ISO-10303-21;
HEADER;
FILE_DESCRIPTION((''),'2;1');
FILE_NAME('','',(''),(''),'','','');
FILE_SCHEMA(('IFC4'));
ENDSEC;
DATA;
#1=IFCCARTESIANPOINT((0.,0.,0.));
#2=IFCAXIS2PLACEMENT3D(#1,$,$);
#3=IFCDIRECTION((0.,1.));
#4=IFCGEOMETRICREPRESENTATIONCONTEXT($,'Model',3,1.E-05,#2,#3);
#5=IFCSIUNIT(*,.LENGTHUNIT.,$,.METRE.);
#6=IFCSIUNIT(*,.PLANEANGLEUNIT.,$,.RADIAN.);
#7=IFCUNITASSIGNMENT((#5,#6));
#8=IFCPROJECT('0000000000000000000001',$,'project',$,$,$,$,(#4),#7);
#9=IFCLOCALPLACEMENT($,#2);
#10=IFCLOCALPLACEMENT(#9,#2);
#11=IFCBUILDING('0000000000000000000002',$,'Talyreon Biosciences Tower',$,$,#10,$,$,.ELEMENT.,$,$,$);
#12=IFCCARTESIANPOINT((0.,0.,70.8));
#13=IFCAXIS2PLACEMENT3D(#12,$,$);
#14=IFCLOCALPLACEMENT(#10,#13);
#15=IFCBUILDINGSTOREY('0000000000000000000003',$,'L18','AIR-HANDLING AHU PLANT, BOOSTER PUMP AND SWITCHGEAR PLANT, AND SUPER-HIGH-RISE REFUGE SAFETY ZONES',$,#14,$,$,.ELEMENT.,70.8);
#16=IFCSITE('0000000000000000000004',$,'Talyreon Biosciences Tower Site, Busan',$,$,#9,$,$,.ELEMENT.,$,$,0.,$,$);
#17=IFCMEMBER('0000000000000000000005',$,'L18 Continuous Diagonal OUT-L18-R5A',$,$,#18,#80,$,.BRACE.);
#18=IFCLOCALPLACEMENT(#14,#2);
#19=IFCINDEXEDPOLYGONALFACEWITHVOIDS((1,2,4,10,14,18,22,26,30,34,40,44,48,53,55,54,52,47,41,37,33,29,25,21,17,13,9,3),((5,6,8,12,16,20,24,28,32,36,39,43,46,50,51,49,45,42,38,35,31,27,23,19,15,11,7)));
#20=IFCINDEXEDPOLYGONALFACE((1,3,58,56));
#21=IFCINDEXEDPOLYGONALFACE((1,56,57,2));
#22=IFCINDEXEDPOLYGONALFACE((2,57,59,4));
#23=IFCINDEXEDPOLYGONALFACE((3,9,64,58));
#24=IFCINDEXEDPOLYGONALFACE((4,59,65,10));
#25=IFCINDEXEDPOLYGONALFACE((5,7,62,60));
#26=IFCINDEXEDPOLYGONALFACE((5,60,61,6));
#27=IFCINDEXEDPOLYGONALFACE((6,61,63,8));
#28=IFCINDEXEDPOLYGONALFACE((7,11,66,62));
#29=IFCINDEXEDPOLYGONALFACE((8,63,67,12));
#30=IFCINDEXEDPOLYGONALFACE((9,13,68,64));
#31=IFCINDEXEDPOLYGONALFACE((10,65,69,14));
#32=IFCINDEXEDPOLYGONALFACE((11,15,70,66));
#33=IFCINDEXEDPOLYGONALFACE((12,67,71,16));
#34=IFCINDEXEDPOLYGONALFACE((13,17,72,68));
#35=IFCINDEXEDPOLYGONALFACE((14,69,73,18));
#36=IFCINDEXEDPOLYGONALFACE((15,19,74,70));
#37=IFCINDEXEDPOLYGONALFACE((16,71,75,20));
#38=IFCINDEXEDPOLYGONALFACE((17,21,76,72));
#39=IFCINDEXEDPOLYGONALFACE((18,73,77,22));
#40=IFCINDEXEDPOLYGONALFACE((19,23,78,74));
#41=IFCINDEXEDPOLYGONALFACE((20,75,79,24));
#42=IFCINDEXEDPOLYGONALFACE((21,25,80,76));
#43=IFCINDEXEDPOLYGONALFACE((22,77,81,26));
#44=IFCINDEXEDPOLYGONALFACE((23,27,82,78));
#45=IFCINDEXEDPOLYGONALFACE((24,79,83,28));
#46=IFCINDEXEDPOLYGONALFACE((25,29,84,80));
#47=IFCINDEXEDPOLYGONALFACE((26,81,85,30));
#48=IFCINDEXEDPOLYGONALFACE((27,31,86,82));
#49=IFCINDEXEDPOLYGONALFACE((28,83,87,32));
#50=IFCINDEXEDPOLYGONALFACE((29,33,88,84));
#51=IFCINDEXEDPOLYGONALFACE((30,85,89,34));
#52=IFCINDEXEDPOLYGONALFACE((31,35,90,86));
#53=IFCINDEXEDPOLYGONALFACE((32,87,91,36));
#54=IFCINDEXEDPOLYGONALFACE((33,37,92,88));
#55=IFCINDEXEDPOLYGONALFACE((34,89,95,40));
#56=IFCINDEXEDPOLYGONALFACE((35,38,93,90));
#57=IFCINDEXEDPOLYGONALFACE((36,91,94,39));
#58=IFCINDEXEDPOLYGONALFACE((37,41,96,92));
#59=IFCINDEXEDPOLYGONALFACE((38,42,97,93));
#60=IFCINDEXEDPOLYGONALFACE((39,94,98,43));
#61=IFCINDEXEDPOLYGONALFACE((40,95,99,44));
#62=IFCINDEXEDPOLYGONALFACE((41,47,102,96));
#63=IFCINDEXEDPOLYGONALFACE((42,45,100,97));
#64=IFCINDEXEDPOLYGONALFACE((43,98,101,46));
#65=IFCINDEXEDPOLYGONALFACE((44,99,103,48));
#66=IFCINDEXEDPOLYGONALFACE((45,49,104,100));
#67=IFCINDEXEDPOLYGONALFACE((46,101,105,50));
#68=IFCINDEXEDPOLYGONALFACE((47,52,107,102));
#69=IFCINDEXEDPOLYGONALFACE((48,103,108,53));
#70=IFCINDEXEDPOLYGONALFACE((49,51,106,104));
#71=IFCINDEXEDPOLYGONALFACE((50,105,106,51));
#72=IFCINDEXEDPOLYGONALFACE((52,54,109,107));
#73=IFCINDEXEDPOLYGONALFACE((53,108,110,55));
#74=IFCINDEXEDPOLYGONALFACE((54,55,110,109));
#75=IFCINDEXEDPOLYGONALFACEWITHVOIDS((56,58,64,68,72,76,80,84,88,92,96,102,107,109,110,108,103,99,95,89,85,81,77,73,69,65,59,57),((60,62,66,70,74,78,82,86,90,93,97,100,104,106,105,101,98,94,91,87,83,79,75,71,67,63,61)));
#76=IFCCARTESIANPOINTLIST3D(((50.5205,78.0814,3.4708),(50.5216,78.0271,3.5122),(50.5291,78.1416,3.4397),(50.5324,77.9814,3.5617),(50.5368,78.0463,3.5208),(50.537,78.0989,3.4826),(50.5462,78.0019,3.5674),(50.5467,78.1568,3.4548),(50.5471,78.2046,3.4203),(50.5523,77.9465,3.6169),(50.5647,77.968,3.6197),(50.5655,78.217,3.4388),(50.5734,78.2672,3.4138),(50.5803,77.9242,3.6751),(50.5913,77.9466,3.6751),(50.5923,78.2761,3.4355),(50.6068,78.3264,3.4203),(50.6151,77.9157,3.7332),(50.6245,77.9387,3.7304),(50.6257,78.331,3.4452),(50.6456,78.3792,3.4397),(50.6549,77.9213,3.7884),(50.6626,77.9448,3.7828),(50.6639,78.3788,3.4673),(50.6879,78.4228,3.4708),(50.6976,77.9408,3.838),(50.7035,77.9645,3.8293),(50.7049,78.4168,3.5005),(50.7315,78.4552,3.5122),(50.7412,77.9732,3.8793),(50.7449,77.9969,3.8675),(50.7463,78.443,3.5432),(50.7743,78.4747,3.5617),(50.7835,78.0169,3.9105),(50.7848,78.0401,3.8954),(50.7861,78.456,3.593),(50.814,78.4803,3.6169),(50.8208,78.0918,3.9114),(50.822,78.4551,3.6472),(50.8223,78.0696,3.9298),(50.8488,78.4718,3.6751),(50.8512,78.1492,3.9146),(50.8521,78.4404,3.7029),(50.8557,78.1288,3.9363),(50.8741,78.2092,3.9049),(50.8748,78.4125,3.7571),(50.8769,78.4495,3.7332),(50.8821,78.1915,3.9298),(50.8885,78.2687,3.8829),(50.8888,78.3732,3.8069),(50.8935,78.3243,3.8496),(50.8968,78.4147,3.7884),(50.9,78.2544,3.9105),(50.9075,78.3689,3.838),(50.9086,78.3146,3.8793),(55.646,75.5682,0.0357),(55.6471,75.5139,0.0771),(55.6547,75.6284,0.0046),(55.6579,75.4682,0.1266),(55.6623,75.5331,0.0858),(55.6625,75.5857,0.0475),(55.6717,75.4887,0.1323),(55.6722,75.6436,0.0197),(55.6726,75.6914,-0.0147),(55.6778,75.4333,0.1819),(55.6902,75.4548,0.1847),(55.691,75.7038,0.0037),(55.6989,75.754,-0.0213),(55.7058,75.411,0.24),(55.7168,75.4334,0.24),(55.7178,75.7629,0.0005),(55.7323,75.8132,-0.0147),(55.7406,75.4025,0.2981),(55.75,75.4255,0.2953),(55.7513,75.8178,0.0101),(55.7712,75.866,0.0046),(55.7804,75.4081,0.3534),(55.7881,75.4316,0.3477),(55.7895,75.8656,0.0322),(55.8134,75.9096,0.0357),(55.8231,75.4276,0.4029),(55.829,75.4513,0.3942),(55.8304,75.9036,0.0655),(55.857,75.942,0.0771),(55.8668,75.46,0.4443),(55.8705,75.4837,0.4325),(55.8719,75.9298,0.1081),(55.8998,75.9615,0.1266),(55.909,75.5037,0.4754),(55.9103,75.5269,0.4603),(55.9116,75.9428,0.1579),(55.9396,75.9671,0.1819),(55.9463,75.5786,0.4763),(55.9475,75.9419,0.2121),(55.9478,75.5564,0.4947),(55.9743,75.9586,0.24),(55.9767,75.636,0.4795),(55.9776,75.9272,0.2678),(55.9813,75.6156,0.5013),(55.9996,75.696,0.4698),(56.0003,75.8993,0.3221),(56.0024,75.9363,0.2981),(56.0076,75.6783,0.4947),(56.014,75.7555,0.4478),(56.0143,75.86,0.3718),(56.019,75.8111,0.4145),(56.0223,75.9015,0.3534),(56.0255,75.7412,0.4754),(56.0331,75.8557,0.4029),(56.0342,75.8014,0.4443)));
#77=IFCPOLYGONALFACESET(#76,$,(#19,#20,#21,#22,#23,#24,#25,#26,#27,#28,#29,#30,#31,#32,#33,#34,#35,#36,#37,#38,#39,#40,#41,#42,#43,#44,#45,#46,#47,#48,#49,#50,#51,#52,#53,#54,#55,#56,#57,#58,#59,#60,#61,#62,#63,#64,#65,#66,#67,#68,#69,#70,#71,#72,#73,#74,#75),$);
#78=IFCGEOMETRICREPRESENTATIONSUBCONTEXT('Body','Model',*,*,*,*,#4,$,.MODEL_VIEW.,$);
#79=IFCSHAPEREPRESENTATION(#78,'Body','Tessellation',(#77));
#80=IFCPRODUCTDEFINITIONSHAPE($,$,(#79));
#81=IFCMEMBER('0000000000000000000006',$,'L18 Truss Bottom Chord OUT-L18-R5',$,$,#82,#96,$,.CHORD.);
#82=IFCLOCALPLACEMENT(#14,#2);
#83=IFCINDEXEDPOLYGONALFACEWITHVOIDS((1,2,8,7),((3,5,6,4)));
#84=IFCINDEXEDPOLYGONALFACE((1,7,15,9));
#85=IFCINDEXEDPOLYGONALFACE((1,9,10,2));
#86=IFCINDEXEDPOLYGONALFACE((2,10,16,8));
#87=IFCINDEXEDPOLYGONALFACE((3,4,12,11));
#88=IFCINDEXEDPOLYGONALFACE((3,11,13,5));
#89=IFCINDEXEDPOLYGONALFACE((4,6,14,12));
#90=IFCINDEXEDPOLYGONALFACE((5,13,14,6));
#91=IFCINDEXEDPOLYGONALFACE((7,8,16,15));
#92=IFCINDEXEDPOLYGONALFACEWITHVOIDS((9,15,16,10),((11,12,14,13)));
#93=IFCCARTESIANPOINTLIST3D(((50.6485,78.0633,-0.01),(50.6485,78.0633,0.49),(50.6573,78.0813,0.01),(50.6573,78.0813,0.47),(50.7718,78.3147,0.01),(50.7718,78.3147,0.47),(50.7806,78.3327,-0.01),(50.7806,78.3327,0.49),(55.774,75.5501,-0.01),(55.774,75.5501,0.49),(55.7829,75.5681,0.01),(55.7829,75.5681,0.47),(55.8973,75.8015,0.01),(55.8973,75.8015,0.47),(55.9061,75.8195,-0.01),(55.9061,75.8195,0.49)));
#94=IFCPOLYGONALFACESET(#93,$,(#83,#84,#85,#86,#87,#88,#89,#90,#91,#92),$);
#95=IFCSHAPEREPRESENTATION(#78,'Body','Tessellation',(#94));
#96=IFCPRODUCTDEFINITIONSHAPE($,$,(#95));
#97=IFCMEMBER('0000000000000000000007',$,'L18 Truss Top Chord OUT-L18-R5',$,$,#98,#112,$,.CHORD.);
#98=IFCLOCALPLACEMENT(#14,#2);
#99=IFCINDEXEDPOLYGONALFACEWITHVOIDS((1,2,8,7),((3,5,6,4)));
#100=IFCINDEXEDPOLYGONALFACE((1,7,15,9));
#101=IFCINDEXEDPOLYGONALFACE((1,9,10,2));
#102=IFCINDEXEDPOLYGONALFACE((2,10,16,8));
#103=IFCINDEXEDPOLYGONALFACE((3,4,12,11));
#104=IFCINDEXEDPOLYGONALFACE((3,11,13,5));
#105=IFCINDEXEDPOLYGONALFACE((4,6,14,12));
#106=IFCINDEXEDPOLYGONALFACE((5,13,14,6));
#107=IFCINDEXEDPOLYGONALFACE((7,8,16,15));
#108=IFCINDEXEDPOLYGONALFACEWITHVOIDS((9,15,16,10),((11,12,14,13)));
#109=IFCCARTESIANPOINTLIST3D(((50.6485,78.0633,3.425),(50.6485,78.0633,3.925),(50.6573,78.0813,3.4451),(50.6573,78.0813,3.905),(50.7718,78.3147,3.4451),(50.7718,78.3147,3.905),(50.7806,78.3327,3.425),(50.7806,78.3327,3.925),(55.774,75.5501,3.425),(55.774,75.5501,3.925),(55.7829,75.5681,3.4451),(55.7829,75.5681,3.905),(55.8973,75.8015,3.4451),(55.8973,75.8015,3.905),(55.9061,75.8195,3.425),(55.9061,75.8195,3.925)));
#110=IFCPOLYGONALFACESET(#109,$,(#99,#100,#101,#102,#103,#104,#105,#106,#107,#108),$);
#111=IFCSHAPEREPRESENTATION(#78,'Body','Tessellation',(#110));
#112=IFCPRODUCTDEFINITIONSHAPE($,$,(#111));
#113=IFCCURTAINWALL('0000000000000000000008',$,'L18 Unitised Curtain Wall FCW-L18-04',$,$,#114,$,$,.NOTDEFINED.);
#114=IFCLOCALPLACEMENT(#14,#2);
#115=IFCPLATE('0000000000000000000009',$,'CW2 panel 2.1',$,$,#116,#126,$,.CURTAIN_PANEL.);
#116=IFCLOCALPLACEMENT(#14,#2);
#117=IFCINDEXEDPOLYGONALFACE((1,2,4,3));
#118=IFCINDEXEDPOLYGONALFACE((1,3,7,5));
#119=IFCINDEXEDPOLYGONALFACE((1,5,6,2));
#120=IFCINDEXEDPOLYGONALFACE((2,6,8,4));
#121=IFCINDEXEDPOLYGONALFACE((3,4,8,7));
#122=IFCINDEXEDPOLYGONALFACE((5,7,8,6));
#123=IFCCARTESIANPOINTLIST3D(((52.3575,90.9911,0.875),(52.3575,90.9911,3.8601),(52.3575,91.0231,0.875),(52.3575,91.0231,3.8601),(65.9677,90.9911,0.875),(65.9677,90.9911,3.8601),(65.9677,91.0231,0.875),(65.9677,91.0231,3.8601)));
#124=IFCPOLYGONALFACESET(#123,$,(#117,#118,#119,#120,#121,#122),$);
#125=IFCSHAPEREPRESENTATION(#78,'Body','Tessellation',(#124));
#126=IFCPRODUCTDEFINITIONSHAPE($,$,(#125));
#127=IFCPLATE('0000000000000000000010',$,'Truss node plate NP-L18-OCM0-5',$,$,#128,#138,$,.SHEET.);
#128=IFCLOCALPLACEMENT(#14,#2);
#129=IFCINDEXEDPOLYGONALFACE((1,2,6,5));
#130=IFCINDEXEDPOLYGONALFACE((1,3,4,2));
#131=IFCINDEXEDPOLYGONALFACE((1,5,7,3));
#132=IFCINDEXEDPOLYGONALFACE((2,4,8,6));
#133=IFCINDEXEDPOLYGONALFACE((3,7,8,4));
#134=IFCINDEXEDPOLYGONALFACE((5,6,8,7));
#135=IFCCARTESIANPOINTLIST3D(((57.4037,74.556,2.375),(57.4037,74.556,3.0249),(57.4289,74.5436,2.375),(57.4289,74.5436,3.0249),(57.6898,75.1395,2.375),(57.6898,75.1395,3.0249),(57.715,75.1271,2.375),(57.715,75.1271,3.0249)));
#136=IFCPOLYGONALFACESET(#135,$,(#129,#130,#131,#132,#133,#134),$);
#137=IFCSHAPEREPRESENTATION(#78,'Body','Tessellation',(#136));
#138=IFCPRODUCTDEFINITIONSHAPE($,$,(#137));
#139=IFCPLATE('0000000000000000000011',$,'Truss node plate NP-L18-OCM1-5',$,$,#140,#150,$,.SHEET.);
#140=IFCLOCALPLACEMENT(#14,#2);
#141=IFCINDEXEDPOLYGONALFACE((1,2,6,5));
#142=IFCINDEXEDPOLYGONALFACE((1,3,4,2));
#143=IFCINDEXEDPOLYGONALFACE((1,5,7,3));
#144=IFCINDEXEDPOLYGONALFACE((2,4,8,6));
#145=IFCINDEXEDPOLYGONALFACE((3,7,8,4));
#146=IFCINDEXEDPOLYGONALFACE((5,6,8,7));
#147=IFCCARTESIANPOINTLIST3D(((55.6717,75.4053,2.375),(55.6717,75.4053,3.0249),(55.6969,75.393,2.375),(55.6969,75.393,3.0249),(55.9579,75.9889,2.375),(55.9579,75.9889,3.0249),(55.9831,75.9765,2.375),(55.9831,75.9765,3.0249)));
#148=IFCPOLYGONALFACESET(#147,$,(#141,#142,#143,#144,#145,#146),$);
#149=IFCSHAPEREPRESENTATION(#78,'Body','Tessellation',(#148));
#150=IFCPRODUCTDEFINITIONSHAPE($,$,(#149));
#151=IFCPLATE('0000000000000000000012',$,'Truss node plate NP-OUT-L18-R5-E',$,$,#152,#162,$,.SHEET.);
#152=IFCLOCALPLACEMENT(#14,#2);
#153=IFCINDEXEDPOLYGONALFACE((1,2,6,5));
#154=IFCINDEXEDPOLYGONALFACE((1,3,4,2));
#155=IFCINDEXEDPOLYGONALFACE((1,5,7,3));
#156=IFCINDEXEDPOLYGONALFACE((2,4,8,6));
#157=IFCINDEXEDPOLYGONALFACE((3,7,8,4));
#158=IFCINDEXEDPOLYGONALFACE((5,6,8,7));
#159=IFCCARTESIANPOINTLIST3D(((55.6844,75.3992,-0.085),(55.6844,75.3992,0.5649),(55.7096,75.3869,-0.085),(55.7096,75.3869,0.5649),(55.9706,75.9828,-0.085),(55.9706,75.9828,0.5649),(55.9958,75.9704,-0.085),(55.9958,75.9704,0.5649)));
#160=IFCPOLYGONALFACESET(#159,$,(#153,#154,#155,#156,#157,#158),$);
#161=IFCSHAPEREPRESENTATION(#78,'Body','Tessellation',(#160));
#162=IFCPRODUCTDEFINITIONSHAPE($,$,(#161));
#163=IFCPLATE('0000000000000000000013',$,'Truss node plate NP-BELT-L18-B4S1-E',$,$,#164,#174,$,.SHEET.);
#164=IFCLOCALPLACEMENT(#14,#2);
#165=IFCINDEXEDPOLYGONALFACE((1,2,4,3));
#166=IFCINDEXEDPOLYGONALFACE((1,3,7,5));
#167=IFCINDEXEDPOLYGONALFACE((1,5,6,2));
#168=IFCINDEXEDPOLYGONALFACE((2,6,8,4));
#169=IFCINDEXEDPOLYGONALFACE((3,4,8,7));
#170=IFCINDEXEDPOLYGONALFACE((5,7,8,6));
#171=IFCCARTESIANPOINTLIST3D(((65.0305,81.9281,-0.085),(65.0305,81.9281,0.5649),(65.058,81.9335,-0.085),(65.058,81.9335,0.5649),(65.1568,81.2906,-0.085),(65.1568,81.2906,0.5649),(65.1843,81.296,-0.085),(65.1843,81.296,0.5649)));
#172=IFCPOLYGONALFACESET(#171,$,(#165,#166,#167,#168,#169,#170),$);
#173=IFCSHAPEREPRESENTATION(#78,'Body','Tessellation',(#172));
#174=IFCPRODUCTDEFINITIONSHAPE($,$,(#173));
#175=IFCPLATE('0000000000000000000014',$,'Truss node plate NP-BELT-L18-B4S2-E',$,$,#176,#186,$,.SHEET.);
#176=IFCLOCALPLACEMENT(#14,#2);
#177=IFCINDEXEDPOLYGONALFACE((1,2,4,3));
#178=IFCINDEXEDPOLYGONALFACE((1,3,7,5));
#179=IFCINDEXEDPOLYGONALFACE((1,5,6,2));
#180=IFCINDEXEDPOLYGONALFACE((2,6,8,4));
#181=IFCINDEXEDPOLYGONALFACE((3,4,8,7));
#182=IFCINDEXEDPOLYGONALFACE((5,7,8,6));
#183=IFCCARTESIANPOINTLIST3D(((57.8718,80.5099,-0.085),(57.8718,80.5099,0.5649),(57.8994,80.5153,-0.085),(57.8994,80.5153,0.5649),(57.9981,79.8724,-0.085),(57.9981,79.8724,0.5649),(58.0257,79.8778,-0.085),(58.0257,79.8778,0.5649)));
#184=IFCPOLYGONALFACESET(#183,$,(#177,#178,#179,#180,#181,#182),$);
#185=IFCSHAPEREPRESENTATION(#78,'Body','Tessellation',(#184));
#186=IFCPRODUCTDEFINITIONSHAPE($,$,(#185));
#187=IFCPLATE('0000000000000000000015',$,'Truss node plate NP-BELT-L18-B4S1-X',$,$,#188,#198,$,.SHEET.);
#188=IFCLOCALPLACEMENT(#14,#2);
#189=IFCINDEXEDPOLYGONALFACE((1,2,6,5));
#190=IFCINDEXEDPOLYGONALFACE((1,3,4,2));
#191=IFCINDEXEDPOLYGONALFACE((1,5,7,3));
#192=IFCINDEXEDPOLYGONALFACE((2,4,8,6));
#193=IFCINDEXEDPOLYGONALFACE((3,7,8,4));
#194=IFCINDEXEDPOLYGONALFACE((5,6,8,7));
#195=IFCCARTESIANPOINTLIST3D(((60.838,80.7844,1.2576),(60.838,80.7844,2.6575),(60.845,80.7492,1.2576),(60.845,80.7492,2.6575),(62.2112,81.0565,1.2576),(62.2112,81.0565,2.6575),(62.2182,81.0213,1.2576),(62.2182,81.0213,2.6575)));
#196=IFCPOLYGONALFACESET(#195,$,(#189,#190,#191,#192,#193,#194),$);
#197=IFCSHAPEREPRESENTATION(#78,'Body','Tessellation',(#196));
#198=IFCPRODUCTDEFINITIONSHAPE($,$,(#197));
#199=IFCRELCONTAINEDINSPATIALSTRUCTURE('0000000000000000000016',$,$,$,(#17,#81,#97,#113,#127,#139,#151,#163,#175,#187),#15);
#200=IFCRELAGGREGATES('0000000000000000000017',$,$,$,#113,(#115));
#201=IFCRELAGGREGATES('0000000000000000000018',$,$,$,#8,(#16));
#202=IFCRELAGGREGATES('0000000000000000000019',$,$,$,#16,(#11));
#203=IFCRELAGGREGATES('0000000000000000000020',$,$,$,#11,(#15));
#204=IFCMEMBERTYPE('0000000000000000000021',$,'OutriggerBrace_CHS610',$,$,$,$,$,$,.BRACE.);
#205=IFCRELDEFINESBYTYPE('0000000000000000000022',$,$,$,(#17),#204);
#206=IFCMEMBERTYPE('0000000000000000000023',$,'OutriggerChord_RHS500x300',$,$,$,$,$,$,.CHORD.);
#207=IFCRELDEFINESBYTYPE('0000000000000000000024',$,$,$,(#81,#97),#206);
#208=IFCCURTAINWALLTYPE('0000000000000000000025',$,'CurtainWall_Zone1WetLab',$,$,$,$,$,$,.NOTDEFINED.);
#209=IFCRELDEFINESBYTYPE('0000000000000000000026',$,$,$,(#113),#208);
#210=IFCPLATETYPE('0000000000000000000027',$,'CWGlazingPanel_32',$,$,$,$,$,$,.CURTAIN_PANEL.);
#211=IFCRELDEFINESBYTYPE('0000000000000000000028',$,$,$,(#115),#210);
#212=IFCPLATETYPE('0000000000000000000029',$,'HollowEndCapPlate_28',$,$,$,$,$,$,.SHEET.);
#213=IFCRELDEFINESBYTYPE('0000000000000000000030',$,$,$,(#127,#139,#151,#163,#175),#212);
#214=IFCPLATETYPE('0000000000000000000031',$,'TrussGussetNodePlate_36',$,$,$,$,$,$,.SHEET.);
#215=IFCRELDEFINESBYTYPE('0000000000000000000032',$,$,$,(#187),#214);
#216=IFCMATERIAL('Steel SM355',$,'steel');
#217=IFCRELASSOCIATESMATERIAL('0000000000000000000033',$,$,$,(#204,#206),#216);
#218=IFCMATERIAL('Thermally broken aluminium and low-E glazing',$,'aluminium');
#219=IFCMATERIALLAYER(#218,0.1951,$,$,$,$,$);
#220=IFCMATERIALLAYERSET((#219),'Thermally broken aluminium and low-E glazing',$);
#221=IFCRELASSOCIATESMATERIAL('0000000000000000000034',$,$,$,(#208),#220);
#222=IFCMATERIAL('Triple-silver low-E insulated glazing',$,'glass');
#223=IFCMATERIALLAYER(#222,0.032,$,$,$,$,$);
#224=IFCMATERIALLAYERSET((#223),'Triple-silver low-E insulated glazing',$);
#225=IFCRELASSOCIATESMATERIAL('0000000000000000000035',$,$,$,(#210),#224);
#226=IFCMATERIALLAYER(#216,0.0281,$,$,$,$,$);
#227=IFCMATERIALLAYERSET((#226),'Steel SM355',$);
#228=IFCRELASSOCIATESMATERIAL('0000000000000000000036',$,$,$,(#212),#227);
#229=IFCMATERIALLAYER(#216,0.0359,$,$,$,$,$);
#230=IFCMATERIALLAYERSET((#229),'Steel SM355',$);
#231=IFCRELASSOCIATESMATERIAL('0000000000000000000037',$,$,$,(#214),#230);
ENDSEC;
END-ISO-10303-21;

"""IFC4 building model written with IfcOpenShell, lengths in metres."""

from ifc_helpers import new_model, si_unit, direction, frame, origin, origin_2d, place, context, subcontext, project, spatial, rectangle, hollow_rectangle, hollow_circle, extrude, material, layer, layer_set, material_profile, profile_set, type_object, element, aggregate, save


model = new_model("IFC4")

# Units and contexts
model_context = context("Model", 3, precision=1e-05, world=origin(), true_north=direction((0.0, 1.0)))
body_context = subcontext(model_context, "Body", "Model", "MODEL_VIEW")
ifc_project = project(units=[si_unit("LENGTHUNIT", "METRE"), si_unit("PLANEANGLEUNIT", "RADIAN")], contexts=[model_context])

# Site, building, storey
site_placement = place(None, origin())
site = spatial("IfcSite", under=ifc_project, at=site_placement, Name="Talyreon Biosciences Tower Site, Busan", CompositionType="ELEMENT", RefElevation=0.0)
building_placement = place(site_placement, origin())
building = spatial("IfcBuilding", under=site, at=building_placement, Name="Talyreon Biosciences Tower", CompositionType="ELEMENT")
storey_placement = place(building_placement, frame((0.0, 0.0, 70.8)))
storey = spatial("IfcBuildingStorey", under=building, at=storey_placement, Name="L18", Description="AIR-HANDLING AHU PLANT, BOOSTER PUMP AND SWITCHGEAR PLANT, AND SUPER-HIGH-RISE REFUGE SAFETY ZONES", CompositionType="ELEMENT", Elevation=70.8)

# Members
ifc_material_1 = material(Name="Steel SM355", Category="steel")
ifc_material_profile_1 = material_profile(ifc_material_1, hollow_circle(Radius=0.3049, WallThickness=0.0249, at=origin_2d()), Name="CHS 610x25")
ifc_profile_set_1 = profile_set([ifc_material_profile_1], Name="Steel SM355")
member_type_1 = type_object("IfcMemberType", Name="OutriggerBrace_CHS610", PredefinedType="BRACE", material=ifc_profile_set_1)
member_1_placement = place(storey_placement, frame((55.8401, 75.6848, 0.24), z_axis=(-0.769326, 0.377224, 0.515596), x_axis=(-0.440255, -0.897873, 0.0)))
element("IfcMember", 1, at=member_1_placement, inside=storey, type_object=member_type_1, Name="L18 Continuous Diagonal OUT-L18-R5A", PredefinedType="BRACE", context=body_context, shape_type="SweptSolid", body=[
    extrude(hollow_circle(Radius=0.3049, WallThickness=0.0249, at=origin_2d()), origin(), (0.0, 0.0, 1.0), 6.6624),
])
ifc_material_profile_2 = material_profile(ifc_material_1, hollow_rectangle(XDim=0.3, YDim=0.5, WallThickness=0.02, at=origin_2d()), Name="RHS 500x300x20")
ifc_profile_set_2 = profile_set([ifc_material_profile_2], Name="Steel SM355")
member_type_2 = type_object("IfcMemberType", Name="OutriggerChord_RHS500x300", PredefinedType="CHORD", material=ifc_profile_set_2)
for number, where, z_axis, x_axis, name in (
    (2, (55.8401, 75.6848, 0.24), (-0.897873, 0.440255, 0.0), (-0.440255, -0.897873, 0.0), "L18 Truss Bottom Chord OUT-L18-R5"),
    (3, (55.8401, 75.6848, 3.675), (-0.897873, 0.440255, 0.0), (-0.440255, -0.897873, 0.0), "L18 Truss Top Chord OUT-L18-R5"),
):
    element("IfcMember", number, at=place(storey_placement, frame(where, z_axis=z_axis, x_axis=x_axis)), inside=storey, type_object=member_type_2, Name=name, PredefinedType="CHORD", context=body_context, shape_type="SweptSolid", body=[
        extrude(hollow_rectangle(XDim=0.3, YDim=0.5, WallThickness=0.02, at=origin_2d()), origin(), (0.0, 0.0, 1.0), 5.7085),
    ])

# Curtain wall, plate
ifc_material_2 = material(Name="Thermally broken aluminium and low-E glazing", Category="aluminium")
ifc_layer_1 = layer(ifc_material_2, 0.1951)
ifc_layer_set_1 = layer_set([ifc_layer_1], Name="Thermally broken aluminium and low-E glazing")
curtain_wall_type = type_object("IfcCurtainWallType", Name="CurtainWall_Zone1WetLab", PredefinedType="NOTDEFINED", material=ifc_layer_set_1)
curtain_wall_placement = place(storey_placement, origin())
curtain_wall = element("IfcCurtainWall", 4, at=curtain_wall_placement, inside=storey, type_object=curtain_wall_type, Name="L18 Unitised Curtain Wall FCW-L18-04", PredefinedType="NOTDEFINED")
ifc_material_3 = material(Name="Triple-silver low-E insulated glazing", Category="glass")
ifc_layer_2 = layer(ifc_material_3, 0.032)
ifc_layer_set_2 = layer_set([ifc_layer_2], Name="Triple-silver low-E insulated glazing")
plate_type_1 = type_object("IfcPlateType", Name="CWGlazingPanel_32", PredefinedType="CURTAIN_PANEL", material=ifc_layer_set_2)
plate_1_placement = place(storey_placement, frame((59.1626, 91.0071, 0.875), z_axis=(0.0, 0.0, 1.0), x_axis=(1.0, 0.0, 0.0)))
plate_1 = element("IfcPlate", 5, at=plate_1_placement, type_object=plate_type_1, Name="CW2 panel 2.1", PredefinedType="CURTAIN_PANEL", context=body_context, shape_type="SweptSolid", body=[
    extrude(rectangle(XDim=13.6101, YDim=0.032, at=origin_2d()), origin(), (0.0, 0.0, 1.0), 2.9851),
])
aggregate(curtain_wall, [plate_1])

# Plates
ifc_layer_3 = layer(ifc_material_1, 0.0281)
ifc_layer_set_3 = layer_set([ifc_layer_3], Name="Steel SM355")
plate_type_2 = type_object("IfcPlateType", Name="HollowEndCapPlate_28", PredefinedType="SHEET", material=ifc_layer_set_3)
for number, where, z_axis, x_axis, name in (
    (6, (57.5593, 74.8416, 2.375), (0.0, 0.0, 1.0), (-0.440284, -0.897859, 0.0), "Truss node plate NP-L18-OCM0-5"),
    (7, (55.8274, 75.6909, 2.375), (0.0, 0.0, 1.0), (-0.440284, -0.897859, 0.0), "Truss node plate NP-L18-OCM1-5"),
    (8, (55.8401, 75.6848, -0.085), (0.0, 0.0, 1.0), (-0.440284, -0.897859, 0.0), "Truss node plate NP-OUT-L18-R5-E"),
    (9, (65.1074, 81.6121, -0.085), (0.0, 0.0, 1.0), (0.194337, -0.980935, 0.0), "Truss node plate NP-BELT-L18-B4S1-E"),
    (10, (57.9487, 80.1938, -0.085), (0.0, 0.0, 1.0), (0.194337, -0.980935, 0.0), "Truss node plate NP-BELT-L18-B4S2-E"),
):
    element("IfcPlate", number, at=place(storey_placement, frame(where, z_axis=z_axis, x_axis=x_axis)), inside=storey, type_object=plate_type_2, Name=name, PredefinedType="SHEET", context=body_context, shape_type="SweptSolid", body=[
        extrude(rectangle(XDim=0.6499, YDim=0.0281, at=origin_2d()), origin(), (0.0, 0.0, 1.0), 0.6499),
    ])
ifc_layer_4 = layer(ifc_material_1, 0.0359)
ifc_layer_set_4 = layer_set([ifc_layer_4], Name="Steel SM355")
plate_type_3 = type_object("IfcPlateType", Name="TrussGussetNodePlate_36", PredefinedType="SHEET", material=ifc_layer_set_4)
plate_2_placement = place(storey_placement, frame((61.5281, 80.9028, 1.2576), z_axis=(0.0, 0.0, 1.0), x_axis=(-0.980935, -0.194337, 0.0)))
element("IfcPlate", 11, at=plate_2_placement, inside=storey, type_object=plate_type_3, Name="Truss node plate NP-BELT-L18-B4S1-X", PredefinedType="SHEET", context=body_context, shape_type="SweptSolid", body=[
    extrude(rectangle(XDim=1.3999, YDim=0.0359, at=origin_2d()), origin(), (0.0, 0.0, 1.0), 1.3999),
])

save(model, "model.ifc")
